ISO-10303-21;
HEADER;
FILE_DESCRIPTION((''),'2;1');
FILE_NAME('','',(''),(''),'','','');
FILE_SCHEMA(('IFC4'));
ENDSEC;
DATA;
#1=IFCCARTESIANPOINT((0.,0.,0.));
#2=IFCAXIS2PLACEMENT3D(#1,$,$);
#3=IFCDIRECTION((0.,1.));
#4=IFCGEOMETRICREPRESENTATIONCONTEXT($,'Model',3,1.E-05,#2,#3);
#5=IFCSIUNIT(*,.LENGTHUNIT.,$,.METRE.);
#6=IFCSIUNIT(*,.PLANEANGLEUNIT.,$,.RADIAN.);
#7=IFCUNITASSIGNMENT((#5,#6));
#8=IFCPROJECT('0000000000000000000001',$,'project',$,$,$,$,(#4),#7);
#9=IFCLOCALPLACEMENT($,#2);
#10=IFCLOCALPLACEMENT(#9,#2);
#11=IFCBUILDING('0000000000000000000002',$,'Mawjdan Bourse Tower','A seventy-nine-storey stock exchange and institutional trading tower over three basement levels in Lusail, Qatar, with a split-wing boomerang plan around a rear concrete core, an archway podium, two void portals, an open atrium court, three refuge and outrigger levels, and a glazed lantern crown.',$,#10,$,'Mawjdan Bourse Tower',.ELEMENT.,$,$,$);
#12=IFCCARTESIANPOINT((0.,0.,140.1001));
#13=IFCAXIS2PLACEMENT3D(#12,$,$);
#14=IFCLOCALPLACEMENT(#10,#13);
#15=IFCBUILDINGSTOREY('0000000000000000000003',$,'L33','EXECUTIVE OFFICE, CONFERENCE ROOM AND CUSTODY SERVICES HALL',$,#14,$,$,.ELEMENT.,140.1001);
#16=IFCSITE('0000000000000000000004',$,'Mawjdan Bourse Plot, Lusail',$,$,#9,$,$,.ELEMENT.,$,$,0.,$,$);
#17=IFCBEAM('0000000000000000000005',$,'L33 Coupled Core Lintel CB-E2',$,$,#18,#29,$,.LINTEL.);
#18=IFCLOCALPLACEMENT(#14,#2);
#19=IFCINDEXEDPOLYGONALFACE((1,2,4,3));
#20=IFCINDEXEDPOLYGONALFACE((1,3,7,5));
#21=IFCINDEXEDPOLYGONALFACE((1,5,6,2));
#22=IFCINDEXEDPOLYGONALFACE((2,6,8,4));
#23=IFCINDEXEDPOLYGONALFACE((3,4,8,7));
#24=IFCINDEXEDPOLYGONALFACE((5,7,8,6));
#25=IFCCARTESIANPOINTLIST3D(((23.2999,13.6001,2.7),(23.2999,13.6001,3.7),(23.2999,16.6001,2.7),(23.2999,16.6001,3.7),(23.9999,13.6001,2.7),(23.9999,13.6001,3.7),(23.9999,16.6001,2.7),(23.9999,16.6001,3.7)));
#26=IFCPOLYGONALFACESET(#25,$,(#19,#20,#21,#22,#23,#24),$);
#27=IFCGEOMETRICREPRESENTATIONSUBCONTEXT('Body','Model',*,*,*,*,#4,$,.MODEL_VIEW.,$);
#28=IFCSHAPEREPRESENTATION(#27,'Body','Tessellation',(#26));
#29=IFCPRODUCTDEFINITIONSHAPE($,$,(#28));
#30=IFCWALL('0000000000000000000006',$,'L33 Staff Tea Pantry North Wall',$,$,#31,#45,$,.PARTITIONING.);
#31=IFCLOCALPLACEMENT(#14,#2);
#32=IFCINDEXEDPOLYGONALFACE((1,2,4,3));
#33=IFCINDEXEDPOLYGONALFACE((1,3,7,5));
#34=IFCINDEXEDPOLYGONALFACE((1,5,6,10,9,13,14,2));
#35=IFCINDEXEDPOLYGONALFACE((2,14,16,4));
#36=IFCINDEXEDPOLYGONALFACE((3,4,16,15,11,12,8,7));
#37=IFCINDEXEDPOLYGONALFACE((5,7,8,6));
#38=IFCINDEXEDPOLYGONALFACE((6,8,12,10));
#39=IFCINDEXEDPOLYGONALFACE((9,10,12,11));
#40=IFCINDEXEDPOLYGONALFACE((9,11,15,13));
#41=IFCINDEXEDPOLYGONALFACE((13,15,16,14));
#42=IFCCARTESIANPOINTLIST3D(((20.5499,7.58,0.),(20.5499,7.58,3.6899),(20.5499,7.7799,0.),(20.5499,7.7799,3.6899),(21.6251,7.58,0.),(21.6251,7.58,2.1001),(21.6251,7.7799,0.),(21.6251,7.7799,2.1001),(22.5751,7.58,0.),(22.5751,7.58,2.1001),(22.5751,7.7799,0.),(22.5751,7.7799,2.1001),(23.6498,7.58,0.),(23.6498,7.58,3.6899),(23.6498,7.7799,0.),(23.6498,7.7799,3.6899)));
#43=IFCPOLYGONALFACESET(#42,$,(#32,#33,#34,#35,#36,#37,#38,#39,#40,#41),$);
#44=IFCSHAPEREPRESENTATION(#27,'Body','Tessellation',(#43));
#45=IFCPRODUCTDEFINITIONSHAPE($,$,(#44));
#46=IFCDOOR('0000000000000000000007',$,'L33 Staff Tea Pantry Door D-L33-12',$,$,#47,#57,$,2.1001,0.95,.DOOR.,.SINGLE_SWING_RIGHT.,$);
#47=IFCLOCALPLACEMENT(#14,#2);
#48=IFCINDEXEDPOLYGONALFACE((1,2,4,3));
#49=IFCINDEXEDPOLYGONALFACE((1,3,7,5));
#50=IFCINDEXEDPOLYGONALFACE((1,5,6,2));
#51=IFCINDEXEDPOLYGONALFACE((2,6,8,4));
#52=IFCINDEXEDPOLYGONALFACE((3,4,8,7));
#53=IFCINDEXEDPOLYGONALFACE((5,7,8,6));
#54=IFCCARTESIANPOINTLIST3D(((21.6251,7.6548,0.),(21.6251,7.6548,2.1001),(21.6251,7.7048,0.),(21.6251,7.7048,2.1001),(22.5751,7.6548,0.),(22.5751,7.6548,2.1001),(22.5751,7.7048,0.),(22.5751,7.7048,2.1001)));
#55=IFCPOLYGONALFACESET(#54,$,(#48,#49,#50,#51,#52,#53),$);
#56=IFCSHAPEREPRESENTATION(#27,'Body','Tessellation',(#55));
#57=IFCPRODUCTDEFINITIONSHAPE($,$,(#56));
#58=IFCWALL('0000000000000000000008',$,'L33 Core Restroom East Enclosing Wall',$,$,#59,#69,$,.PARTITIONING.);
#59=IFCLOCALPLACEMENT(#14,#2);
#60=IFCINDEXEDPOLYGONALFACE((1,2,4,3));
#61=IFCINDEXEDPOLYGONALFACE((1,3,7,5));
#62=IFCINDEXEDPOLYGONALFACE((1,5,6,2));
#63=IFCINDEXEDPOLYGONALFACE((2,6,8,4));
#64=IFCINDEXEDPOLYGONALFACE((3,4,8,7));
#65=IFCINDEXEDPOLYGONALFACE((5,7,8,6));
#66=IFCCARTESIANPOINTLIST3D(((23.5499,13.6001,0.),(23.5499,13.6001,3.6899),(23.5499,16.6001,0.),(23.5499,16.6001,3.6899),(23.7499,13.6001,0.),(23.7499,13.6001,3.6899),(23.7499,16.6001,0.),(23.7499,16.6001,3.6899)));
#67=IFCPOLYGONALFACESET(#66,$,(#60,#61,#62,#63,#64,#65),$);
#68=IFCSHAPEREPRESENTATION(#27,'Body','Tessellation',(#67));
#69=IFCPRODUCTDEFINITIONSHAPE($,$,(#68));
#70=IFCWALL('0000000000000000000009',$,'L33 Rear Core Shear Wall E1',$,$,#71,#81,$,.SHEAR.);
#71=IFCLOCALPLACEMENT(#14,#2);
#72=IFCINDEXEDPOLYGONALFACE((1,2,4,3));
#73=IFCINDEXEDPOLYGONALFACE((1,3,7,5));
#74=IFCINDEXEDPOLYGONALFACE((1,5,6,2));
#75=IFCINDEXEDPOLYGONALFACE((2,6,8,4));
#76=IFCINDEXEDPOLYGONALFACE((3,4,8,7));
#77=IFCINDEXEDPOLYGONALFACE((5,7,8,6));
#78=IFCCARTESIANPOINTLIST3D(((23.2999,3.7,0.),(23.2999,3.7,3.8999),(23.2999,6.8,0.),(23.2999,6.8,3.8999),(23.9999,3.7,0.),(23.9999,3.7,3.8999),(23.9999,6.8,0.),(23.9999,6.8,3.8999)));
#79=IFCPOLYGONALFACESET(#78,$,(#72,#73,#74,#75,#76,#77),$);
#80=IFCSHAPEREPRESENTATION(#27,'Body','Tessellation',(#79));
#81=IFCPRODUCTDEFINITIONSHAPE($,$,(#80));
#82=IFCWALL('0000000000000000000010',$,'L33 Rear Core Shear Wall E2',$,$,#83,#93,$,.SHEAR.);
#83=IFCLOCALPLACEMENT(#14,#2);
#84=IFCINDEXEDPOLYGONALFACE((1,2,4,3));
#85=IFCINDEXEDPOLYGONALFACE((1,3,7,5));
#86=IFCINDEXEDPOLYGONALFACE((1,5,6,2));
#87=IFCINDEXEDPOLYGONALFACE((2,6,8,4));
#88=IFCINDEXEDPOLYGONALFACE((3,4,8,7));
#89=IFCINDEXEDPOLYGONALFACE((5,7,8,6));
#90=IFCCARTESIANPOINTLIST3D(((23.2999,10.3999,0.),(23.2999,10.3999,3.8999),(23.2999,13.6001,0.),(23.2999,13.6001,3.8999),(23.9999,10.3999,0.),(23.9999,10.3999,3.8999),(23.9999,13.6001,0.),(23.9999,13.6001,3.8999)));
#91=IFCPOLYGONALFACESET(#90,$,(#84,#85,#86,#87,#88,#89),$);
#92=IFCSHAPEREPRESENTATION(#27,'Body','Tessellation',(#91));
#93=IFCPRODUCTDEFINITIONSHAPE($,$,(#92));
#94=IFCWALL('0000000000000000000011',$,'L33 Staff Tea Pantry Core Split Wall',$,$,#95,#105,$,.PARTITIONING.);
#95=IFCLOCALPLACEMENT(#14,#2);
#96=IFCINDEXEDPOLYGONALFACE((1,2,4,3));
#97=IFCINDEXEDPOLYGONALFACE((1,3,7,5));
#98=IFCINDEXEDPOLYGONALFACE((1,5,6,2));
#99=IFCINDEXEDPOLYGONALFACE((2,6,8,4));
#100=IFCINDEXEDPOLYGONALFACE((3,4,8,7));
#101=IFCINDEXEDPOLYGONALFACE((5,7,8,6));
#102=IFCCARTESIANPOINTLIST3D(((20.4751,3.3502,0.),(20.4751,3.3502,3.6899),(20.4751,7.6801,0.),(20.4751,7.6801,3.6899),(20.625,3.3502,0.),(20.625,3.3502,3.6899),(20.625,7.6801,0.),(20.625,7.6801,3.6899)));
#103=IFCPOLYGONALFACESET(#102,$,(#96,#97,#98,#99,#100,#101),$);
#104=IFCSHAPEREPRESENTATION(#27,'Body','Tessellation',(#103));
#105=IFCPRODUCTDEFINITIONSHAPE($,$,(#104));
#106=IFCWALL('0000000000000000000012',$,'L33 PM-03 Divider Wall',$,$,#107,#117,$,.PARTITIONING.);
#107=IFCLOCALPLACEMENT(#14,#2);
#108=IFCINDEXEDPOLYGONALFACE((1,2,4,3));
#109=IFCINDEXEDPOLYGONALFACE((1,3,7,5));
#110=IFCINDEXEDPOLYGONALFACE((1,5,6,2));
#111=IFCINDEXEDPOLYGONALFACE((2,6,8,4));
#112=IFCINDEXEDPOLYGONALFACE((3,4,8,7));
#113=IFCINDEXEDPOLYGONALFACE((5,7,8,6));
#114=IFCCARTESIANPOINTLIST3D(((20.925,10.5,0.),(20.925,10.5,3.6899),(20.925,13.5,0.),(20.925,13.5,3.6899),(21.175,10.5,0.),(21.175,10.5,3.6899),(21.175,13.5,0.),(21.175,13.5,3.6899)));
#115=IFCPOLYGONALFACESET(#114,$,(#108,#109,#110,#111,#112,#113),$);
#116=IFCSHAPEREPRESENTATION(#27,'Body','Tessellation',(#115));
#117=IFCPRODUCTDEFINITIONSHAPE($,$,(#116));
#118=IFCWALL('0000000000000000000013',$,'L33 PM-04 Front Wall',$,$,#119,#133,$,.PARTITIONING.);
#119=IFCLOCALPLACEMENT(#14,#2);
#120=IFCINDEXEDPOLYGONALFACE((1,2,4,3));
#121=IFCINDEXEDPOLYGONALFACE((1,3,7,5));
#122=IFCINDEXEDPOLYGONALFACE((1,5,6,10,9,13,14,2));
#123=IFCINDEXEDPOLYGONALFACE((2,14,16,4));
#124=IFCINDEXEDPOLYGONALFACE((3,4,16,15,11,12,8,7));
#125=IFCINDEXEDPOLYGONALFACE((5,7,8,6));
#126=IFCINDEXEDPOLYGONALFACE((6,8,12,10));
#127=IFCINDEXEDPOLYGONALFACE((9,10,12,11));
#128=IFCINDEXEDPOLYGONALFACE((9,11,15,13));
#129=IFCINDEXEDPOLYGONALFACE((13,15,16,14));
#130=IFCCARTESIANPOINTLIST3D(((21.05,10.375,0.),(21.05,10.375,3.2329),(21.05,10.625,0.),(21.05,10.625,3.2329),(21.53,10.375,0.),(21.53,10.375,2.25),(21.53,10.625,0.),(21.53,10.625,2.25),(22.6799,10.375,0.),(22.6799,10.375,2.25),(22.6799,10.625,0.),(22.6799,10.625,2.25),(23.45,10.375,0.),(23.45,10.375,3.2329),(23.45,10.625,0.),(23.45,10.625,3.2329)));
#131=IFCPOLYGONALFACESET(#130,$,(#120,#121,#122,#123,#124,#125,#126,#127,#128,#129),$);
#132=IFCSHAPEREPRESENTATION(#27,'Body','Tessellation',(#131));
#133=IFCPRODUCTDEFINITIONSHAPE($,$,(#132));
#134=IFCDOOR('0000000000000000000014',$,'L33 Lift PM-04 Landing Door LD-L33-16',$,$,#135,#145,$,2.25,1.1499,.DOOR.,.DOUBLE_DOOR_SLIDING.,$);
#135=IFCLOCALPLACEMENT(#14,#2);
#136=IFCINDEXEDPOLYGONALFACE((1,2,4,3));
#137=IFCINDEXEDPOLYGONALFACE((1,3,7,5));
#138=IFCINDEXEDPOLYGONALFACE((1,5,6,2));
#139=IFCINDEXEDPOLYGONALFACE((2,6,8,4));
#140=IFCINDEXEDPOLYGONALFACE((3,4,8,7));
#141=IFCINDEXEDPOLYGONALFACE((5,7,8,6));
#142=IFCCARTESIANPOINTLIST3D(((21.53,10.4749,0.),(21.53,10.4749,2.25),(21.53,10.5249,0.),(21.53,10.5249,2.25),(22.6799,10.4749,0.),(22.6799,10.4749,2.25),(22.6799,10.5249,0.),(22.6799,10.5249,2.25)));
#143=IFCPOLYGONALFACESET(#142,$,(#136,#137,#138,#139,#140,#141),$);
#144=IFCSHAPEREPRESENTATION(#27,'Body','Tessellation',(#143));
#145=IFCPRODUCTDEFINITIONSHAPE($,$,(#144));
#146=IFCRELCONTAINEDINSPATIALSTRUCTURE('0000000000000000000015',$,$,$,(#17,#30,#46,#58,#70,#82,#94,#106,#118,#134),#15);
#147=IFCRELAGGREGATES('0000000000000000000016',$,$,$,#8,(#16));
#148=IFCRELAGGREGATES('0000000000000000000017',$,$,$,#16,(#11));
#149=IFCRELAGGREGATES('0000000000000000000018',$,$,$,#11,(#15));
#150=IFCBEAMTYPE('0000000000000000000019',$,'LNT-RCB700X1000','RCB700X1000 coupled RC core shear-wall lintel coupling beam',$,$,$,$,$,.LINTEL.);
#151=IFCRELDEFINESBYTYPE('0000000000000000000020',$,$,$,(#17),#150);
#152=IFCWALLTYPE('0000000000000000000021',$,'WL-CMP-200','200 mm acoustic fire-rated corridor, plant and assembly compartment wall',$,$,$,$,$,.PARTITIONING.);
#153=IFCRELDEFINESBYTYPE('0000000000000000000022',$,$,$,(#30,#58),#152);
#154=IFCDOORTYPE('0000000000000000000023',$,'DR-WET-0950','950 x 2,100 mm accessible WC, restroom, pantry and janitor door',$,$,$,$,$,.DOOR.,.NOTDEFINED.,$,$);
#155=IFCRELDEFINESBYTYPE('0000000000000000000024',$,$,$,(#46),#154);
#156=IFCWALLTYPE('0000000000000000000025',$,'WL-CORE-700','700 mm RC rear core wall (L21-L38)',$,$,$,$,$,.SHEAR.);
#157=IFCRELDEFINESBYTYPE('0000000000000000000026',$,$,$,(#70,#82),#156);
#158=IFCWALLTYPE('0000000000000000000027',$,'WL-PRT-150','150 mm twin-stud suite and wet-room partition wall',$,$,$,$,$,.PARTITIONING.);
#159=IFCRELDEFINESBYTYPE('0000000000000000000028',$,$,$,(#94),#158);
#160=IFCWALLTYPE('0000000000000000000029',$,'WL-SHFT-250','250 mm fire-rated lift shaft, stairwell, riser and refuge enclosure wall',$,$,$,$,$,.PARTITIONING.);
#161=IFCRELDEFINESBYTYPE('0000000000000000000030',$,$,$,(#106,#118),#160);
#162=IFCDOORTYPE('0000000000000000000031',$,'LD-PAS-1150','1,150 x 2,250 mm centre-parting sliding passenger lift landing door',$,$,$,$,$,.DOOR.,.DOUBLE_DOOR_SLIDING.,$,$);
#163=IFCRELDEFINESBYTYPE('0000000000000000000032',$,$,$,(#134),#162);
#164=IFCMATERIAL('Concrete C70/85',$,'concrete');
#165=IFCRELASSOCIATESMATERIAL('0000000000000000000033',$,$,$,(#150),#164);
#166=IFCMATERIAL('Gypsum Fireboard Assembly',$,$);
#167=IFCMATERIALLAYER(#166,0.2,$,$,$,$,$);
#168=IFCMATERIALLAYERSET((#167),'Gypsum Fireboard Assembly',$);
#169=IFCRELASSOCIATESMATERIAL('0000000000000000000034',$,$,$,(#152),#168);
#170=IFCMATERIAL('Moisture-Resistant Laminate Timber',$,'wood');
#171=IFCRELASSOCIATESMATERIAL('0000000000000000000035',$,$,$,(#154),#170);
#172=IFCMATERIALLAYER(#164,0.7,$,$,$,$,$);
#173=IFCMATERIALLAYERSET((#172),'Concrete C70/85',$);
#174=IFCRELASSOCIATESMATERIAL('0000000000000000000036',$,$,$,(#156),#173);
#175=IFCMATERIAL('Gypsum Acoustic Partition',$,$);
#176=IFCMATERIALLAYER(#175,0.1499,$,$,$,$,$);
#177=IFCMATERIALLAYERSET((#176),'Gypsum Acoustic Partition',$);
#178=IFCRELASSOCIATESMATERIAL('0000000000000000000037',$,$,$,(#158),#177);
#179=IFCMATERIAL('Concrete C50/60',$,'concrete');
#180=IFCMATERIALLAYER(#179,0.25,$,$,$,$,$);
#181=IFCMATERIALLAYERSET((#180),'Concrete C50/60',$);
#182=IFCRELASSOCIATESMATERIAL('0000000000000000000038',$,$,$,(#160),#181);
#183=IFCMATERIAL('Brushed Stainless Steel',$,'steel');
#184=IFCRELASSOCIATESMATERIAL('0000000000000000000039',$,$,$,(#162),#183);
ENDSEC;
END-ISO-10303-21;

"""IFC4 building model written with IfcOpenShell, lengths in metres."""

from ifc_helpers import new_model, si_unit, direction, frame, frame_2d, origin, origin_2d, place, context, subcontext, project, spatial, rectangle, extrude, material, layer, layer_set, material_profile, profile_set, type_object, element, fill, save


model = new_model("IFC4")

# Units and contexts
model_context = context("Model", 3, precision=1e-05, world=origin(), true_north=direction((0.0, 1.0)))
body_context = subcontext(model_context, "Body", "Model", "MODEL_VIEW")
ifc_project = project(units=[si_unit("LENGTHUNIT", "METRE"), si_unit("PLANEANGLEUNIT", "RADIAN")], contexts=[model_context])

# Site, building, storey
site_placement = place(None, origin())
site = spatial("IfcSite", under=ifc_project, at=site_placement, Name="Mawjdan Bourse Plot, Lusail", CompositionType="ELEMENT", RefElevation=0.0)
building_placement = place(site_placement, origin())
building = spatial("IfcBuilding", under=site, at=building_placement, Name="Mawjdan Bourse Tower", Description="A seventy-nine-storey stock exchange and institutional trading tower over three basement levels in Lusail, Qatar, with a split-wing boomerang plan around a rear concrete core, an archway podium, two void portals, an open atrium court, three refuge and outrigger levels, and a glazed lantern crown.", LongName="Mawjdan Bourse Tower", CompositionType="ELEMENT")
storey_placement = place(building_placement, frame((0.0, 0.0, 140.1001)))
storey = spatial("IfcBuildingStorey", under=building, at=storey_placement, Name="L33", Description="EXECUTIVE OFFICE, CONFERENCE ROOM AND CUSTODY SERVICES HALL", CompositionType="ELEMENT", Elevation=140.1001)

# Beam
ifc_material_1 = material(Name="Concrete C70/85", Category="concrete")
ifc_material_profile_1 = material_profile(ifc_material_1, rectangle(XDim=0.7, YDim=1.0, at=origin_2d()), Name="RCB700X1000")
ifc_profile_set_1 = profile_set([ifc_material_profile_1], Name="Concrete C70/85")
beam_type_1 = type_object("IfcBeamType", Name="LNT-RCB700X1000", Description="RCB700X1000 coupled RC core shear-wall lintel coupling beam", PredefinedType="LINTEL", material=ifc_profile_set_1)
beam_1_placement = place(storey_placement, frame((23.6499, 13.6001, 3.2), z_axis=(0.0, 1.0, 0.0), x_axis=(-1.0, 0.0, 0.0)))
element("IfcBeam", 1, at=beam_1_placement, inside=storey, type_object=beam_type_1, Name="L33 Coupled Core Lintel CB-E2", PredefinedType="LINTEL", context=body_context, shape_type="SweptSolid", body=[
    extrude(rectangle(XDim=0.7, YDim=1.0, at=origin_2d()), origin(), (0.0, 0.0, 1.0), 3.0),
])

# Wall, opening, door
ifc_material_2 = material(Name="Gypsum Fireboard Assembly")
ifc_layer_1 = layer(ifc_material_2, 0.2)
ifc_layer_set_1 = layer_set([ifc_layer_1], Name="Gypsum Fireboard Assembly")
wall_type_1 = type_object("IfcWallType", Name="WL-CMP-200", Description="200 mm acoustic fire-rated corridor, plant and assembly compartment wall", PredefinedType="PARTITIONING", material=ifc_layer_set_1)
wall_1_placement = place(storey_placement, frame((20.55, 7.6799, 0.0), z_axis=(0.0, 0.0, 1.0), x_axis=(1.0, 0.0, 0.0)))
wall_1 = element("IfcWall", 2, at=wall_1_placement, inside=storey, type_object=wall_type_1, Name="L33 Staff Tea Pantry North Wall", PredefinedType="PARTITIONING", context=body_context, shape_type="SweptSolid", body=[
    extrude(rectangle(XDim=3.0999, YDim=0.2, at=frame_2d((1.5498, 0.0))), origin(), (0.0, 0.0, 1.0), 3.6899),
])
opening_1_placement = place(wall_1_placement, frame((1.075, 0.0, 0.0)))
opening_1 = element("IfcOpeningElement", 3, at=opening_1_placement, cuts=wall_1, PredefinedType="OPENING", context=body_context, shape_type="SweptSolid", body=[
    extrude(rectangle(XDim=0.95, YDim=2.1001, at=frame_2d((0.4751, 1.05))), frame((0.0, 0.1099, 0.0), z_axis=(0.0, -1.0, 0.0), x_axis=(1.0, 0.0, 0.0)), (0.0, 0.0, 1.0), 0.22),
])
ifc_material_3 = material(Name="Moisture-Resistant Laminate Timber", Category="wood")
door_type_1 = type_object("IfcDoorType", Name="DR-WET-0950", Description="950 x 2,100 mm accessible WC, restroom, pantry and janitor door", OperationType="NOTDEFINED", PredefinedType="DOOR", material=ifc_material_3)
door_1_placement = place(opening_1_placement, origin())
door_1 = element("IfcDoor", 4, at=door_1_placement, inside=storey, type_object=door_type_1, Name="L33 Staff Tea Pantry Door D-L33-12", OperationType="SINGLE_SWING_RIGHT", OverallHeight=2.1001, OverallWidth=0.95, PredefinedType="DOOR", context=body_context, shape_type="SweptSolid", body=[
    extrude(rectangle(XDim=0.95, YDim=2.1001, at=frame_2d((0.4751, 1.05))), frame((0.0, 0.0249, 0.0), z_axis=(0.0, -1.0, 0.0), x_axis=(1.0, 0.0, 0.0)), (0.0, 0.0, 1.0), 0.05),
])
fill(opening_1, door_1)

# Wall
wall_2_placement = place(storey_placement, frame((23.6499, 13.6001, 0.0), z_axis=(0.0, 0.0, 1.0), x_axis=(0.0, 1.0, 0.0)))
element("IfcWall", 5, at=wall_2_placement, inside=storey, type_object=wall_type_1, Name="L33 Core Restroom East Enclosing Wall", PredefinedType="PARTITIONING", context=body_context, shape_type="SweptSolid", body=[
    extrude(rectangle(XDim=3.0, YDim=0.2, at=frame_2d((1.5, 0.0))), origin(), (0.0, 0.0, 1.0), 3.6899),
])

# Walls
ifc_layer_2 = layer(ifc_material_1, 0.7)
ifc_layer_set_2 = layer_set([ifc_layer_2], Name="Concrete C70/85")
wall_type_2 = type_object("IfcWallType", Name="WL-CORE-700", Description="700 mm RC rear core wall (L21-L38)", PredefinedType="SHEAR", material=ifc_layer_set_2)
wall_3_placement = place(storey_placement, frame((23.6499, 3.7, 0.0), z_axis=(0.0, 0.0, 1.0), x_axis=(0.0, 1.0, 0.0)))
element("IfcWall", 6, at=wall_3_placement, inside=storey, type_object=wall_type_2, Name="L33 Rear Core Shear Wall E1", PredefinedType="SHEAR", context=body_context, shape_type="SweptSolid", body=[
    extrude(rectangle(XDim=3.1001, YDim=0.7, at=frame_2d((1.55, 0.0))), origin(), (0.0, 0.0, 1.0), 3.8999),
])
wall_4_placement = place(storey_placement, frame((23.6499, 10.3999, 0.0), z_axis=(0.0, 0.0, 1.0), x_axis=(0.0, 1.0, 0.0)))
element("IfcWall", 7, at=wall_4_placement, inside=storey, type_object=wall_type_2, Name="L33 Rear Core Shear Wall E2", PredefinedType="SHEAR", context=body_context, shape_type="SweptSolid", body=[
    extrude(rectangle(XDim=3.2002, YDim=0.7, at=frame_2d((1.6001, 0.0))), origin(), (0.0, 0.0, 1.0), 3.8999),
])
ifc_material_4 = material(Name="Gypsum Acoustic Partition")
ifc_layer_3 = layer(ifc_material_4, 0.1499)
ifc_layer_set_3 = layer_set([ifc_layer_3], Name="Gypsum Acoustic Partition")
wall_type_3 = type_object("IfcWallType", Name="WL-PRT-150", Description="150 mm twin-stud suite and wet-room partition wall", PredefinedType="PARTITIONING", material=ifc_layer_set_3)
wall_5_placement = place(storey_placement, frame((20.55, 3.3501, 0.0), z_axis=(0.0, 0.0, 1.0), x_axis=(0.0, 1.0, 0.0)))
element("IfcWall", 8, at=wall_5_placement, inside=storey, type_object=wall_type_3, Name="L33 Staff Tea Pantry Core Split Wall", PredefinedType="PARTITIONING", context=body_context, shape_type="SweptSolid", body=[
    extrude(rectangle(XDim=4.3298, YDim=0.1499, at=frame_2d((2.165, 0.0))), origin(), (0.0, 0.0, 1.0), 3.6899),
])
ifc_material_5 = material(Name="Concrete C50/60", Category="concrete")
ifc_layer_4 = layer(ifc_material_5, 0.25)
ifc_layer_set_4 = layer_set([ifc_layer_4], Name="Concrete C50/60")
wall_type_4 = type_object("IfcWallType", Name="WL-SHFT-250", Description="250 mm fire-rated lift shaft, stairwell, riser and refuge enclosure wall", PredefinedType="PARTITIONING", material=ifc_layer_set_4)
wall_6_placement = place(storey_placement, frame((21.05, 10.5, 0.0), z_axis=(0.0, 0.0, 1.0), x_axis=(0.0, 1.0, 0.0)))
element("IfcWall", 9, at=wall_6_placement, inside=storey, type_object=wall_type_4, Name="L33 PM-03 Divider Wall", PredefinedType="PARTITIONING", context=body_context, shape_type="SweptSolid", body=[
    extrude(rectangle(XDim=3.0, YDim=0.25, at=frame_2d((1.5, 0.0))), origin(), (0.0, 0.0, 1.0), 3.6899),
])

# Wall, opening, door
wall_7_placement = place(storey_placement, frame((21.05, 10.5, 0.0), z_axis=(0.0, 0.0, 1.0), x_axis=(1.0, 0.0, 0.0)))
wall_7 = element("IfcWall", 10, at=wall_7_placement, inside=storey, type_object=wall_type_4, Name="L33 PM-04 Front Wall", PredefinedType="PARTITIONING", context=body_context, shape_type="SweptSolid", body=[
    extrude(rectangle(XDim=2.3999, YDim=0.25, at=frame_2d((1.2, 0.0))), origin(), (0.0, 0.0, 1.0), 3.2329),
])
opening_2_placement = place(wall_7_placement, frame((0.48, 0.0, 0.0)))
opening_2 = element("IfcOpeningElement", 11, at=opening_2_placement, cuts=wall_7, PredefinedType="OPENING", context=body_context, shape_type="SweptSolid", body=[
    extrude(rectangle(XDim=1.1499, YDim=2.25, at=frame_2d((0.575, 1.125))), frame((0.0, 0.135, 0.0), z_axis=(0.0, -1.0, 0.0), x_axis=(1.0, 0.0, 0.0)), (0.0, 0.0, 1.0), 0.27),
])
ifc_material_6 = material(Name="Brushed Stainless Steel", Category="steel")
door_type_2 = type_object("IfcDoorType", Name="LD-PAS-1150", Description="1,150 x 2,250 mm centre-parting sliding passenger lift landing door", OperationType="DOUBLE_DOOR_SLIDING", PredefinedType="DOOR", material=ifc_material_6)
door_2_placement = place(opening_2_placement, origin())
door_2 = element("IfcDoor", 12, at=door_2_placement, inside=storey, type_object=door_type_2, Name="L33 Lift PM-04 Landing Door LD-L33-16", OperationType="DOUBLE_DOOR_SLIDING", OverallHeight=2.25, OverallWidth=1.1499, PredefinedType="DOOR", context=body_context, shape_type="SweptSolid", body=[
    extrude(rectangle(XDim=1.1499, YDim=2.25, at=frame_2d((0.575, 1.125))), frame((0.0, 0.0249, 0.0), z_axis=(0.0, -1.0, 0.0), x_axis=(1.0, 0.0, 0.0)), (0.0, 0.0, 1.0), 0.05),
])
fill(opening_2, door_2)

save(model, "model.ifc")
